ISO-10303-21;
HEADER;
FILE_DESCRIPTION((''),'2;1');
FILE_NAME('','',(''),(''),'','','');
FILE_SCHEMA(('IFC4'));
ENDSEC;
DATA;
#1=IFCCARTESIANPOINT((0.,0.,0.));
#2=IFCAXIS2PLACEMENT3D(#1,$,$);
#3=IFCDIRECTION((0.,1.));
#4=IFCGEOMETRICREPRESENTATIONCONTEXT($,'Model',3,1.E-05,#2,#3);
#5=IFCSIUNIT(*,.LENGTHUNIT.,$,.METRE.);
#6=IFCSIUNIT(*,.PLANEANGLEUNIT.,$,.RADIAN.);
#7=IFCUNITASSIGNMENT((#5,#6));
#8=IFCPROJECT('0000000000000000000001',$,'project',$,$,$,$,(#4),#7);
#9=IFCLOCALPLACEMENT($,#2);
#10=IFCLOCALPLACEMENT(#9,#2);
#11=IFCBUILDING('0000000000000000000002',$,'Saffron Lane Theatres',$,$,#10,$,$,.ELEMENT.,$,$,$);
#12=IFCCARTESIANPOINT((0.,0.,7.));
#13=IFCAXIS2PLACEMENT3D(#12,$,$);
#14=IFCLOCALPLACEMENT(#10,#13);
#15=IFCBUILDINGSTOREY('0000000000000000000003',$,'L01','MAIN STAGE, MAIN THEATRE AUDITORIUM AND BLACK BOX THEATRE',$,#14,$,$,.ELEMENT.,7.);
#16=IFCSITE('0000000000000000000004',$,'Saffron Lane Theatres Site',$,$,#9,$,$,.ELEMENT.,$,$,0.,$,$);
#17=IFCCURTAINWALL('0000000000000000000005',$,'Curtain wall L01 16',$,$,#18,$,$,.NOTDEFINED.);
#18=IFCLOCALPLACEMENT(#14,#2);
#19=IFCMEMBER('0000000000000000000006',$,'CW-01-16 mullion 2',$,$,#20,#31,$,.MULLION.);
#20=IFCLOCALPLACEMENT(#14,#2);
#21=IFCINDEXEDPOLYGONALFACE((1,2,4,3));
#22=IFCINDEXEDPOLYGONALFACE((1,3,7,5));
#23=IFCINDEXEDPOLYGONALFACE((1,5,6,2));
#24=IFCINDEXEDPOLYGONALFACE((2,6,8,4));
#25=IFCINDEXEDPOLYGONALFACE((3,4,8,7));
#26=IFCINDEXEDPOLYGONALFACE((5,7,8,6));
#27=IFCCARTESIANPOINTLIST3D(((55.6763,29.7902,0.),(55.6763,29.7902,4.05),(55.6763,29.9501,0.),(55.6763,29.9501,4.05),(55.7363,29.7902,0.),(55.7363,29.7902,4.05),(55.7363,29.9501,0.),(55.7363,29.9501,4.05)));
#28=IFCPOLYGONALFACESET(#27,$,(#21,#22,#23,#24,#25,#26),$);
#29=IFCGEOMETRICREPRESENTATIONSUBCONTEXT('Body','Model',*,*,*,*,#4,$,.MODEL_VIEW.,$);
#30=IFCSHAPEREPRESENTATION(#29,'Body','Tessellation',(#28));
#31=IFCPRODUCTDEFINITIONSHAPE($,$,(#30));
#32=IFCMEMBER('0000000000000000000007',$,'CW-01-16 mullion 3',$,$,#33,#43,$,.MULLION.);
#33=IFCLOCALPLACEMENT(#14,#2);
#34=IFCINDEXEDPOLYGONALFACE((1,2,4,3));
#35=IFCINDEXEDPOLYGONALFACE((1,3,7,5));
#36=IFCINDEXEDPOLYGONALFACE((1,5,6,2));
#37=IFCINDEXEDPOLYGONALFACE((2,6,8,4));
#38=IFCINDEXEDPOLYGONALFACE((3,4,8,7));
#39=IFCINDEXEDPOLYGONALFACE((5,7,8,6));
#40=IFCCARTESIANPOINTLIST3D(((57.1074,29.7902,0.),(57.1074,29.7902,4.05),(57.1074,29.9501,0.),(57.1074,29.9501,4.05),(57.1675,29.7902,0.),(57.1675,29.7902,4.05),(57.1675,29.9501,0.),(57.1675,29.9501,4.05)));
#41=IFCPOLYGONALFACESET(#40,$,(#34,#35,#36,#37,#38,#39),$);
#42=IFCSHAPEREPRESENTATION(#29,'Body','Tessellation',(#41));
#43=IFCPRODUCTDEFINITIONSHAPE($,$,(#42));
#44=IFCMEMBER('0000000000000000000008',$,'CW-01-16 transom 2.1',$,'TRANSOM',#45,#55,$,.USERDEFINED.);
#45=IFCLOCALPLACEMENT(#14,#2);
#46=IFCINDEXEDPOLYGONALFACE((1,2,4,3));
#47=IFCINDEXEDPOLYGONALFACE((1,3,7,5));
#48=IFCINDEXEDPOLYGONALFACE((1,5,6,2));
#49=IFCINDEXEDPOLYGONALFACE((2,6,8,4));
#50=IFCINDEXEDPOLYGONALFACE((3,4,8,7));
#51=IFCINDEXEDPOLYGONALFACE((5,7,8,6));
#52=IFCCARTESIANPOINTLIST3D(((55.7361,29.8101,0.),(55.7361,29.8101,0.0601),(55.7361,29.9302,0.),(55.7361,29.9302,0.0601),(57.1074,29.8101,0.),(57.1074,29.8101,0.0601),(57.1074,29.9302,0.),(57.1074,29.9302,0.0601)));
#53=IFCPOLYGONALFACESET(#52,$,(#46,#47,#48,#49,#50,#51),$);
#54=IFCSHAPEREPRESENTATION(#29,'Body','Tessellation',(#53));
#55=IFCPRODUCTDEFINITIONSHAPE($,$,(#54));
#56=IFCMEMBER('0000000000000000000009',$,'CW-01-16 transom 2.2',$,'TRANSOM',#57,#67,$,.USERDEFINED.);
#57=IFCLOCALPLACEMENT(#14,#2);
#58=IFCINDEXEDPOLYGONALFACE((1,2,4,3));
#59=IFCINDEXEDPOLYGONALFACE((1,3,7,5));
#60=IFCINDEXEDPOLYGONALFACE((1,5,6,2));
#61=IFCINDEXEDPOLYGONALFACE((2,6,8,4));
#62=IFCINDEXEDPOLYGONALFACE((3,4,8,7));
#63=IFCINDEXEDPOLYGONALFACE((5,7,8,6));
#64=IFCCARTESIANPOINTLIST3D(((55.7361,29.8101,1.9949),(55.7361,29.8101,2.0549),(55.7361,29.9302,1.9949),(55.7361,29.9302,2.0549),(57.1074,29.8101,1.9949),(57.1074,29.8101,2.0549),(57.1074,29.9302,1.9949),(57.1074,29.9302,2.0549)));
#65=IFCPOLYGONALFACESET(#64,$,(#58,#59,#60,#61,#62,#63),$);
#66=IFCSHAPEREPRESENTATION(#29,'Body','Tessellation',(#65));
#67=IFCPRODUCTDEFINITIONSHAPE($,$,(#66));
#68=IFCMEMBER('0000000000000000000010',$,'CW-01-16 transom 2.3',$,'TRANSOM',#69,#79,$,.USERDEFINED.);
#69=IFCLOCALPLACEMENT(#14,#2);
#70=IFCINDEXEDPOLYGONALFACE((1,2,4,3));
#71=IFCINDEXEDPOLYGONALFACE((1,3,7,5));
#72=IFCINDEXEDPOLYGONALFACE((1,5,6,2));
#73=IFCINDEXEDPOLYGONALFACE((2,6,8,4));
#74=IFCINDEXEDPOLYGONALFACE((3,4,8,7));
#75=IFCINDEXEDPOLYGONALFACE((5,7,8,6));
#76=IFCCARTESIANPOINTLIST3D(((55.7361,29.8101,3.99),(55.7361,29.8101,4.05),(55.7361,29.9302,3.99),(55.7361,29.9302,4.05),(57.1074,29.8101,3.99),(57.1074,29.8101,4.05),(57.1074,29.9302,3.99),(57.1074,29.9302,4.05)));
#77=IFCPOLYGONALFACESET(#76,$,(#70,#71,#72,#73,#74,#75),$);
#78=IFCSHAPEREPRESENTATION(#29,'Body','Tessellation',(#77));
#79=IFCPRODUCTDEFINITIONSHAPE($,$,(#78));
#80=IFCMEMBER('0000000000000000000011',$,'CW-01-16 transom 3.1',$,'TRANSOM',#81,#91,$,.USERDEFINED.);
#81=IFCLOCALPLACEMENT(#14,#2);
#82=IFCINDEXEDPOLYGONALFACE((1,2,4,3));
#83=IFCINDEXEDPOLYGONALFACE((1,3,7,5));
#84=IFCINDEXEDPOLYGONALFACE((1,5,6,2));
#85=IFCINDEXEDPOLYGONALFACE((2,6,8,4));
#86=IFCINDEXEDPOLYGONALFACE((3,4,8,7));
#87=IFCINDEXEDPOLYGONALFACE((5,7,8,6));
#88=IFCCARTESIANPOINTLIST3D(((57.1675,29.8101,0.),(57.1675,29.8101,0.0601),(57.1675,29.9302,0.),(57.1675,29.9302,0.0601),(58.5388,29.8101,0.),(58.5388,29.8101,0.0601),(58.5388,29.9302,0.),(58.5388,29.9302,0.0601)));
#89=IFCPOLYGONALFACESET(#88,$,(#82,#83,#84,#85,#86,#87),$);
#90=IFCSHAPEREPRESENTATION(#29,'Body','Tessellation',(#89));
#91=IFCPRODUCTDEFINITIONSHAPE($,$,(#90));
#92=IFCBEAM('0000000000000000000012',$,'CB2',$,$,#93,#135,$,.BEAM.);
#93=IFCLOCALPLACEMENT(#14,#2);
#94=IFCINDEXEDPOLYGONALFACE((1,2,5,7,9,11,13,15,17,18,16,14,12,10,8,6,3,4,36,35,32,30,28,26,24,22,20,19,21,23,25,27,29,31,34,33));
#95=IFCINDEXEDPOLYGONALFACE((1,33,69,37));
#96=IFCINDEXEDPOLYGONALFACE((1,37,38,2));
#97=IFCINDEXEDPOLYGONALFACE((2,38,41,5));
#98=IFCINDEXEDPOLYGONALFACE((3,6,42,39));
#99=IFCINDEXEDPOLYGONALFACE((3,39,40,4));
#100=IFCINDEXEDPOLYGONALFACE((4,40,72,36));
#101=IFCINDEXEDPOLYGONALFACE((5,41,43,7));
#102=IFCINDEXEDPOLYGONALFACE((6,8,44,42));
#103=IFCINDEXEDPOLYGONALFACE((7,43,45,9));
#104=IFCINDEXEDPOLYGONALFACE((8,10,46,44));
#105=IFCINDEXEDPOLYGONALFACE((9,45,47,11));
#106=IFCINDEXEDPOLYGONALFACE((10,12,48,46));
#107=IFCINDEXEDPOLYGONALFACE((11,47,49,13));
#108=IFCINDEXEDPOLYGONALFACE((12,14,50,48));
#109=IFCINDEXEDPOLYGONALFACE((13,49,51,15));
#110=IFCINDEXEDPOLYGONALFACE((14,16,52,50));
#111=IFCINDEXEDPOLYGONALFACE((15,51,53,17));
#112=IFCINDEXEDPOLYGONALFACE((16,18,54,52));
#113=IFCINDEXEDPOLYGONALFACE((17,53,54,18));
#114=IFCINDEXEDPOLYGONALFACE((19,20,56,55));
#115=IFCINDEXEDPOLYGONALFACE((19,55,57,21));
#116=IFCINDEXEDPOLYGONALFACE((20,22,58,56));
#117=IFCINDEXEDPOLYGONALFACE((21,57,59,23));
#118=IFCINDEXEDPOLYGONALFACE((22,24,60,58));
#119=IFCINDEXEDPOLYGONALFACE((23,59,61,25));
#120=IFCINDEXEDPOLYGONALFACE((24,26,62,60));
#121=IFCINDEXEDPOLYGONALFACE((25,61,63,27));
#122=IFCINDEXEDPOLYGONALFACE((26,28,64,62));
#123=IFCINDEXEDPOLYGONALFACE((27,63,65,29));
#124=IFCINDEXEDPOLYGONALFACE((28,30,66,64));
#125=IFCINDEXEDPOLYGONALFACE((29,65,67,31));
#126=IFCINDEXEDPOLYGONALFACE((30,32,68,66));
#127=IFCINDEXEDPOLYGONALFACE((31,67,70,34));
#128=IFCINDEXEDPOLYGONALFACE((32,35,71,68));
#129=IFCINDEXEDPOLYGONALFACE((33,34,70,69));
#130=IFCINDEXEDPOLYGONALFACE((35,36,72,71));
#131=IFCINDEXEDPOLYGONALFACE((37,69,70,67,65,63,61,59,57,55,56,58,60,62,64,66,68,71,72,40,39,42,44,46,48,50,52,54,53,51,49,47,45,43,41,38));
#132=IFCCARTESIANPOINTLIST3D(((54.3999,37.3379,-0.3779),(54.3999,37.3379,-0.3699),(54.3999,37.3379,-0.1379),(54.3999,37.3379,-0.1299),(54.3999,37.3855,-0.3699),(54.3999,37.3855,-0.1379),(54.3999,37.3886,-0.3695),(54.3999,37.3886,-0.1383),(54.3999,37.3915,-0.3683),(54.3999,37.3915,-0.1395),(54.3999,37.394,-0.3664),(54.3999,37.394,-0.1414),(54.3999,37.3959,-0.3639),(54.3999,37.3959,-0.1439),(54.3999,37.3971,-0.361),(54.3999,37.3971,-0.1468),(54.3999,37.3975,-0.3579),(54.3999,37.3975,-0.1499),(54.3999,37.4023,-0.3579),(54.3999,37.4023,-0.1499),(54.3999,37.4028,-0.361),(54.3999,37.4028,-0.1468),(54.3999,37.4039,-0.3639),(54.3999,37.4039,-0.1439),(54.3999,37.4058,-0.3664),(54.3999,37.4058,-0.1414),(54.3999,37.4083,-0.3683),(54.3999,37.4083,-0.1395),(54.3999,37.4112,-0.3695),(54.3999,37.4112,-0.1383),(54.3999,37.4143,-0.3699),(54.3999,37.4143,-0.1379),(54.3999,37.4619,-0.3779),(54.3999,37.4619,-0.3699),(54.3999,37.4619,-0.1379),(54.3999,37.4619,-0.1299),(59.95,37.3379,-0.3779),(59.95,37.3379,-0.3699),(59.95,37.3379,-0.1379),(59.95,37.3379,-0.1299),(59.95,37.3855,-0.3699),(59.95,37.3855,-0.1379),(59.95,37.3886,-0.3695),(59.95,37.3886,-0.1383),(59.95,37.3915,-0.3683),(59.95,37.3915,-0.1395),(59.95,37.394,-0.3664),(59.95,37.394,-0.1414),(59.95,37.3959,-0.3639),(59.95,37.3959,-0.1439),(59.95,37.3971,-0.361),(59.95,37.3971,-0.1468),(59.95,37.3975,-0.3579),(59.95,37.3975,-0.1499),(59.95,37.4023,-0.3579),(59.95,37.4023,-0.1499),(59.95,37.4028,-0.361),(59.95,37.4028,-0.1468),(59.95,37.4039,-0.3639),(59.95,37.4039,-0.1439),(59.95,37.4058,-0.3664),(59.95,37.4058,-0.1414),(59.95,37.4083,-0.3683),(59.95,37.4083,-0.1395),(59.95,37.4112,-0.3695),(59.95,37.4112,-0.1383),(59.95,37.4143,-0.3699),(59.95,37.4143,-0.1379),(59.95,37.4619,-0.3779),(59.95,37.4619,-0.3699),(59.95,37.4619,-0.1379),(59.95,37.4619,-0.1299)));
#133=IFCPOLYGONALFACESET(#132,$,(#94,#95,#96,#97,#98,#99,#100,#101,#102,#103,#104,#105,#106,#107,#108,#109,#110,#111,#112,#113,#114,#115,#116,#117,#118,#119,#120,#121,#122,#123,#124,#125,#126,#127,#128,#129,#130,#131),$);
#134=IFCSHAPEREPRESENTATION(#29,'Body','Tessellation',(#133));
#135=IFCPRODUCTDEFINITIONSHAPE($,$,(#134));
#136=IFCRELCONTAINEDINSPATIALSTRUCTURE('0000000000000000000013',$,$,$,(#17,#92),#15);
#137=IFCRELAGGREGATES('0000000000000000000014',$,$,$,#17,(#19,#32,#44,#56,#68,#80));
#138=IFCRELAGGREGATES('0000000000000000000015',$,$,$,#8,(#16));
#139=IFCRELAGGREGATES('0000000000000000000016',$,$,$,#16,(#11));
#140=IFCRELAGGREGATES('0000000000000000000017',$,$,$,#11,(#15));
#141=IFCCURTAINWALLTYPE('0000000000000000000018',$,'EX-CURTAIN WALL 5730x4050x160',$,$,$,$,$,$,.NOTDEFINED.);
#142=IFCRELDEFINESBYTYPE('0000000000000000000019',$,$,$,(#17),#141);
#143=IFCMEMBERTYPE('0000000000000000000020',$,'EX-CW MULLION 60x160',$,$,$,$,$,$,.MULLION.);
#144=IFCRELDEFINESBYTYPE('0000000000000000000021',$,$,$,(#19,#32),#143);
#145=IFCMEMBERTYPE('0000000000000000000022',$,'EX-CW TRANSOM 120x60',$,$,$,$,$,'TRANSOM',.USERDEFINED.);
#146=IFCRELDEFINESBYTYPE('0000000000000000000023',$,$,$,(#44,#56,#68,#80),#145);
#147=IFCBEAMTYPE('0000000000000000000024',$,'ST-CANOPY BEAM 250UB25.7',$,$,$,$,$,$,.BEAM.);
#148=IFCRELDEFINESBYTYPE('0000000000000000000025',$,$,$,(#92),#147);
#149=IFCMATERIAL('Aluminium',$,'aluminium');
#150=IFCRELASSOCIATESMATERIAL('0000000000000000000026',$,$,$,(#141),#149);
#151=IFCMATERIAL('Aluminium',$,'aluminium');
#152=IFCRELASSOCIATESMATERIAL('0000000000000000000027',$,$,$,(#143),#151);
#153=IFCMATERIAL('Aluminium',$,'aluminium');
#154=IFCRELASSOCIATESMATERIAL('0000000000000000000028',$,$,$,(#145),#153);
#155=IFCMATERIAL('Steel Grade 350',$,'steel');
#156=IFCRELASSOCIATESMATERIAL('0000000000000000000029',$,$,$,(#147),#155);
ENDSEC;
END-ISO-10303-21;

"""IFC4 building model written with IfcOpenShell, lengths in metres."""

from ifc_helpers import new_model, si_unit, direction, frame, origin, origin_2d, place, context, subcontext, project, spatial, rectangle, i_section, extrude, material, material_profile, profile_set, type_object, element, aggregate, save


model = new_model("IFC4")

# Units and contexts
model_context = context("Model", 3, precision=1e-05, world=origin(), true_north=direction((0.0, 1.0)))
body_context = subcontext(model_context, "Body", "Model", "MODEL_VIEW")
ifc_project = project(units=[si_unit("LENGTHUNIT", "METRE"), si_unit("PLANEANGLEUNIT", "RADIAN")], contexts=[model_context])

# Site, building, storey
site_placement = place(None, origin())
site = spatial("IfcSite", under=ifc_project, at=site_placement, Name="Saffron Lane Theatres Site", CompositionType="ELEMENT", RefElevation=0.0)
building_placement = place(site_placement, origin())
building = spatial("IfcBuilding", under=site, at=building_placement, Name="Saffron Lane Theatres", CompositionType="ELEMENT")
storey_placement = place(building_placement, frame((0.0, 0.0, 7.0)))
storey = spatial("IfcBuildingStorey", under=building, at=storey_placement, Name="L01", Description="MAIN STAGE, MAIN THEATRE AUDITORIUM AND BLACK BOX THEATRE", CompositionType="ELEMENT", Elevation=7.0)

# Curtain wall, members
ifc_material_1 = material(Name="Aluminium", Category="aluminium")
curtain_wall_type = type_object("IfcCurtainWallType", Name="EX-CURTAIN WALL 5730x4050x160", PredefinedType="NOTDEFINED", material=ifc_material_1)
curtain_wall_placement = place(storey_placement, origin())
curtain_wall = element("IfcCurtainWall", 1, at=curtain_wall_placement, inside=storey, type_object=curtain_wall_type, Name="Curtain wall L01 16", PredefinedType="NOTDEFINED")
ifc_material_2 = material(Name="Aluminium", Category="aluminium")
ifc_material_profile_1 = material_profile(ifc_material_2, rectangle(XDim=0.0601, YDim=0.1599, at=origin_2d()))
ifc_profile_set_1 = profile_set([ifc_material_profile_1], Name="Aluminium")
member_type_1 = type_object("IfcMemberType", Name="EX-CW MULLION 60x160", PredefinedType="MULLION", material=ifc_profile_set_1)
member_1_placement = place(storey_placement, frame((55.7063, 29.8701, 0.0), z_axis=(0.0, 0.0, 1.0), x_axis=(1.0, 0.0, 0.0)))
member_1 = element("IfcMember", 2, at=member_1_placement, type_object=member_type_1, Name="CW-01-16 mullion 2", PredefinedType="MULLION", context=body_context, shape_type="SweptSolid", body=[
    extrude(rectangle(XDim=0.0601, YDim=0.1599, at=origin_2d()), origin(), (0.0, 0.0, 1.0), 4.05),
])
member_2_placement = place(storey_placement, frame((57.1375, 29.8701, 0.0), z_axis=(0.0, 0.0, 1.0), x_axis=(1.0, 0.0, 0.0)))
member_2 = element("IfcMember", 3, at=member_2_placement, type_object=member_type_1, Name="CW-01-16 mullion 3", PredefinedType="MULLION", context=body_context, shape_type="SweptSolid", body=[
    extrude(rectangle(XDim=0.0601, YDim=0.1599, at=origin_2d()), origin(), (0.0, 0.0, 1.0), 4.05),
])
ifc_material_3 = material(Name="Aluminium", Category="aluminium")
ifc_material_profile_2 = material_profile(ifc_material_3, rectangle(XDim=0.1201, YDim=0.0601, at=origin_2d()))
ifc_profile_set_2 = profile_set([ifc_material_profile_2], Name="Aluminium")
member_type_2 = type_object("IfcMemberType", Name="EX-CW TRANSOM 120x60", ElementType="TRANSOM", PredefinedType="USERDEFINED", material=ifc_profile_set_2)
member_3_placement = place(storey_placement, frame((55.7361, 29.8701, 0.03), z_axis=(1.0, 0.0, 0.0), x_axis=(0.0, 1.0, 0.0)))
member_3 = element("IfcMember", 4, at=member_3_placement, type_object=member_type_2, Name="CW-01-16 transom 2.1", ObjectType="TRANSOM", PredefinedType="USERDEFINED", context=body_context, shape_type="SweptSolid", body=[
    extrude(rectangle(XDim=0.1201, YDim=0.0601, at=origin_2d()), origin(), (0.0, 0.0, 1.0), 1.3713),
])
member_4_placement = place(storey_placement, frame((55.7361, 29.8701, 2.0249), z_axis=(1.0, 0.0, 0.0), x_axis=(0.0, 1.0, 0.0)))
member_4 = element("IfcMember", 5, at=member_4_placement, type_object=member_type_2, Name="CW-01-16 transom 2.2", ObjectType="TRANSOM", PredefinedType="USERDEFINED", context=body_context, shape_type="SweptSolid", body=[
    extrude(rectangle(XDim=0.1201, YDim=0.0601, at=origin_2d()), origin(), (0.0, 0.0, 1.0), 1.3713),
])
member_5_placement = place(storey_placement, frame((55.7361, 29.8701, 4.02), z_axis=(1.0, 0.0, 0.0), x_axis=(0.0, 1.0, 0.0)))
member_5 = element("IfcMember", 6, at=member_5_placement, type_object=member_type_2, Name="CW-01-16 transom 2.3", ObjectType="TRANSOM", PredefinedType="USERDEFINED", context=body_context, shape_type="SweptSolid", body=[
    extrude(rectangle(XDim=0.1201, YDim=0.0601, at=origin_2d()), origin(), (0.0, 0.0, 1.0), 1.3713),
])
member_6_placement = place(storey_placement, frame((57.1675, 29.8701, 0.03), z_axis=(1.0, 0.0, 0.0), x_axis=(0.0, 1.0, 0.0)))
member_6 = element("IfcMember", 7, at=member_6_placement, type_object=member_type_2, Name="CW-01-16 transom 3.1", ObjectType="TRANSOM", PredefinedType="USERDEFINED", context=body_context, shape_type="SweptSolid", body=[
    extrude(rectangle(XDim=0.1201, YDim=0.0601, at=origin_2d()), origin(), (0.0, 0.0, 1.0), 1.3713),
])

# Beam
ifc_material_4 = material(Name="Steel Grade 350", Category="steel")
ifc_material_profile_3 = material_profile(ifc_material_4, i_section(OverallWidth=0.124, OverallDepth=0.248, WebThickness=0.0049, FlangeThickness=0.0081, FilletRadius=0.012, at=origin_2d()))
ifc_profile_set_3 = profile_set([ifc_material_profile_3], Name="Steel Grade 350")
beam_type_1 = type_object("IfcBeamType", Name="ST-CANOPY BEAM 250UB25.7", PredefinedType="BEAM", material=ifc_profile_set_3)
beam_1_placement = place(storey_placement, frame((54.3999, 37.3999, -0.2539), z_axis=(1.0, 0.0, 0.0), x_axis=(0.0, 1.0, 0.0)))
element("IfcBeam", 8, at=beam_1_placement, inside=storey, type_object=beam_type_1, Name="CB2", PredefinedType="BEAM", context=body_context, shape_type="SweptSolid", body=[
    extrude(i_section(OverallWidth=0.124, OverallDepth=0.248, WebThickness=0.0049, FlangeThickness=0.0081, FilletRadius=0.012, at=origin_2d()), origin(), (0.0, 0.0, 1.0), 5.55),
])

aggregate(curtain_wall, [member_1, member_2, member_3, member_4, member_5, member_6])

save(model, "model.ifc")
